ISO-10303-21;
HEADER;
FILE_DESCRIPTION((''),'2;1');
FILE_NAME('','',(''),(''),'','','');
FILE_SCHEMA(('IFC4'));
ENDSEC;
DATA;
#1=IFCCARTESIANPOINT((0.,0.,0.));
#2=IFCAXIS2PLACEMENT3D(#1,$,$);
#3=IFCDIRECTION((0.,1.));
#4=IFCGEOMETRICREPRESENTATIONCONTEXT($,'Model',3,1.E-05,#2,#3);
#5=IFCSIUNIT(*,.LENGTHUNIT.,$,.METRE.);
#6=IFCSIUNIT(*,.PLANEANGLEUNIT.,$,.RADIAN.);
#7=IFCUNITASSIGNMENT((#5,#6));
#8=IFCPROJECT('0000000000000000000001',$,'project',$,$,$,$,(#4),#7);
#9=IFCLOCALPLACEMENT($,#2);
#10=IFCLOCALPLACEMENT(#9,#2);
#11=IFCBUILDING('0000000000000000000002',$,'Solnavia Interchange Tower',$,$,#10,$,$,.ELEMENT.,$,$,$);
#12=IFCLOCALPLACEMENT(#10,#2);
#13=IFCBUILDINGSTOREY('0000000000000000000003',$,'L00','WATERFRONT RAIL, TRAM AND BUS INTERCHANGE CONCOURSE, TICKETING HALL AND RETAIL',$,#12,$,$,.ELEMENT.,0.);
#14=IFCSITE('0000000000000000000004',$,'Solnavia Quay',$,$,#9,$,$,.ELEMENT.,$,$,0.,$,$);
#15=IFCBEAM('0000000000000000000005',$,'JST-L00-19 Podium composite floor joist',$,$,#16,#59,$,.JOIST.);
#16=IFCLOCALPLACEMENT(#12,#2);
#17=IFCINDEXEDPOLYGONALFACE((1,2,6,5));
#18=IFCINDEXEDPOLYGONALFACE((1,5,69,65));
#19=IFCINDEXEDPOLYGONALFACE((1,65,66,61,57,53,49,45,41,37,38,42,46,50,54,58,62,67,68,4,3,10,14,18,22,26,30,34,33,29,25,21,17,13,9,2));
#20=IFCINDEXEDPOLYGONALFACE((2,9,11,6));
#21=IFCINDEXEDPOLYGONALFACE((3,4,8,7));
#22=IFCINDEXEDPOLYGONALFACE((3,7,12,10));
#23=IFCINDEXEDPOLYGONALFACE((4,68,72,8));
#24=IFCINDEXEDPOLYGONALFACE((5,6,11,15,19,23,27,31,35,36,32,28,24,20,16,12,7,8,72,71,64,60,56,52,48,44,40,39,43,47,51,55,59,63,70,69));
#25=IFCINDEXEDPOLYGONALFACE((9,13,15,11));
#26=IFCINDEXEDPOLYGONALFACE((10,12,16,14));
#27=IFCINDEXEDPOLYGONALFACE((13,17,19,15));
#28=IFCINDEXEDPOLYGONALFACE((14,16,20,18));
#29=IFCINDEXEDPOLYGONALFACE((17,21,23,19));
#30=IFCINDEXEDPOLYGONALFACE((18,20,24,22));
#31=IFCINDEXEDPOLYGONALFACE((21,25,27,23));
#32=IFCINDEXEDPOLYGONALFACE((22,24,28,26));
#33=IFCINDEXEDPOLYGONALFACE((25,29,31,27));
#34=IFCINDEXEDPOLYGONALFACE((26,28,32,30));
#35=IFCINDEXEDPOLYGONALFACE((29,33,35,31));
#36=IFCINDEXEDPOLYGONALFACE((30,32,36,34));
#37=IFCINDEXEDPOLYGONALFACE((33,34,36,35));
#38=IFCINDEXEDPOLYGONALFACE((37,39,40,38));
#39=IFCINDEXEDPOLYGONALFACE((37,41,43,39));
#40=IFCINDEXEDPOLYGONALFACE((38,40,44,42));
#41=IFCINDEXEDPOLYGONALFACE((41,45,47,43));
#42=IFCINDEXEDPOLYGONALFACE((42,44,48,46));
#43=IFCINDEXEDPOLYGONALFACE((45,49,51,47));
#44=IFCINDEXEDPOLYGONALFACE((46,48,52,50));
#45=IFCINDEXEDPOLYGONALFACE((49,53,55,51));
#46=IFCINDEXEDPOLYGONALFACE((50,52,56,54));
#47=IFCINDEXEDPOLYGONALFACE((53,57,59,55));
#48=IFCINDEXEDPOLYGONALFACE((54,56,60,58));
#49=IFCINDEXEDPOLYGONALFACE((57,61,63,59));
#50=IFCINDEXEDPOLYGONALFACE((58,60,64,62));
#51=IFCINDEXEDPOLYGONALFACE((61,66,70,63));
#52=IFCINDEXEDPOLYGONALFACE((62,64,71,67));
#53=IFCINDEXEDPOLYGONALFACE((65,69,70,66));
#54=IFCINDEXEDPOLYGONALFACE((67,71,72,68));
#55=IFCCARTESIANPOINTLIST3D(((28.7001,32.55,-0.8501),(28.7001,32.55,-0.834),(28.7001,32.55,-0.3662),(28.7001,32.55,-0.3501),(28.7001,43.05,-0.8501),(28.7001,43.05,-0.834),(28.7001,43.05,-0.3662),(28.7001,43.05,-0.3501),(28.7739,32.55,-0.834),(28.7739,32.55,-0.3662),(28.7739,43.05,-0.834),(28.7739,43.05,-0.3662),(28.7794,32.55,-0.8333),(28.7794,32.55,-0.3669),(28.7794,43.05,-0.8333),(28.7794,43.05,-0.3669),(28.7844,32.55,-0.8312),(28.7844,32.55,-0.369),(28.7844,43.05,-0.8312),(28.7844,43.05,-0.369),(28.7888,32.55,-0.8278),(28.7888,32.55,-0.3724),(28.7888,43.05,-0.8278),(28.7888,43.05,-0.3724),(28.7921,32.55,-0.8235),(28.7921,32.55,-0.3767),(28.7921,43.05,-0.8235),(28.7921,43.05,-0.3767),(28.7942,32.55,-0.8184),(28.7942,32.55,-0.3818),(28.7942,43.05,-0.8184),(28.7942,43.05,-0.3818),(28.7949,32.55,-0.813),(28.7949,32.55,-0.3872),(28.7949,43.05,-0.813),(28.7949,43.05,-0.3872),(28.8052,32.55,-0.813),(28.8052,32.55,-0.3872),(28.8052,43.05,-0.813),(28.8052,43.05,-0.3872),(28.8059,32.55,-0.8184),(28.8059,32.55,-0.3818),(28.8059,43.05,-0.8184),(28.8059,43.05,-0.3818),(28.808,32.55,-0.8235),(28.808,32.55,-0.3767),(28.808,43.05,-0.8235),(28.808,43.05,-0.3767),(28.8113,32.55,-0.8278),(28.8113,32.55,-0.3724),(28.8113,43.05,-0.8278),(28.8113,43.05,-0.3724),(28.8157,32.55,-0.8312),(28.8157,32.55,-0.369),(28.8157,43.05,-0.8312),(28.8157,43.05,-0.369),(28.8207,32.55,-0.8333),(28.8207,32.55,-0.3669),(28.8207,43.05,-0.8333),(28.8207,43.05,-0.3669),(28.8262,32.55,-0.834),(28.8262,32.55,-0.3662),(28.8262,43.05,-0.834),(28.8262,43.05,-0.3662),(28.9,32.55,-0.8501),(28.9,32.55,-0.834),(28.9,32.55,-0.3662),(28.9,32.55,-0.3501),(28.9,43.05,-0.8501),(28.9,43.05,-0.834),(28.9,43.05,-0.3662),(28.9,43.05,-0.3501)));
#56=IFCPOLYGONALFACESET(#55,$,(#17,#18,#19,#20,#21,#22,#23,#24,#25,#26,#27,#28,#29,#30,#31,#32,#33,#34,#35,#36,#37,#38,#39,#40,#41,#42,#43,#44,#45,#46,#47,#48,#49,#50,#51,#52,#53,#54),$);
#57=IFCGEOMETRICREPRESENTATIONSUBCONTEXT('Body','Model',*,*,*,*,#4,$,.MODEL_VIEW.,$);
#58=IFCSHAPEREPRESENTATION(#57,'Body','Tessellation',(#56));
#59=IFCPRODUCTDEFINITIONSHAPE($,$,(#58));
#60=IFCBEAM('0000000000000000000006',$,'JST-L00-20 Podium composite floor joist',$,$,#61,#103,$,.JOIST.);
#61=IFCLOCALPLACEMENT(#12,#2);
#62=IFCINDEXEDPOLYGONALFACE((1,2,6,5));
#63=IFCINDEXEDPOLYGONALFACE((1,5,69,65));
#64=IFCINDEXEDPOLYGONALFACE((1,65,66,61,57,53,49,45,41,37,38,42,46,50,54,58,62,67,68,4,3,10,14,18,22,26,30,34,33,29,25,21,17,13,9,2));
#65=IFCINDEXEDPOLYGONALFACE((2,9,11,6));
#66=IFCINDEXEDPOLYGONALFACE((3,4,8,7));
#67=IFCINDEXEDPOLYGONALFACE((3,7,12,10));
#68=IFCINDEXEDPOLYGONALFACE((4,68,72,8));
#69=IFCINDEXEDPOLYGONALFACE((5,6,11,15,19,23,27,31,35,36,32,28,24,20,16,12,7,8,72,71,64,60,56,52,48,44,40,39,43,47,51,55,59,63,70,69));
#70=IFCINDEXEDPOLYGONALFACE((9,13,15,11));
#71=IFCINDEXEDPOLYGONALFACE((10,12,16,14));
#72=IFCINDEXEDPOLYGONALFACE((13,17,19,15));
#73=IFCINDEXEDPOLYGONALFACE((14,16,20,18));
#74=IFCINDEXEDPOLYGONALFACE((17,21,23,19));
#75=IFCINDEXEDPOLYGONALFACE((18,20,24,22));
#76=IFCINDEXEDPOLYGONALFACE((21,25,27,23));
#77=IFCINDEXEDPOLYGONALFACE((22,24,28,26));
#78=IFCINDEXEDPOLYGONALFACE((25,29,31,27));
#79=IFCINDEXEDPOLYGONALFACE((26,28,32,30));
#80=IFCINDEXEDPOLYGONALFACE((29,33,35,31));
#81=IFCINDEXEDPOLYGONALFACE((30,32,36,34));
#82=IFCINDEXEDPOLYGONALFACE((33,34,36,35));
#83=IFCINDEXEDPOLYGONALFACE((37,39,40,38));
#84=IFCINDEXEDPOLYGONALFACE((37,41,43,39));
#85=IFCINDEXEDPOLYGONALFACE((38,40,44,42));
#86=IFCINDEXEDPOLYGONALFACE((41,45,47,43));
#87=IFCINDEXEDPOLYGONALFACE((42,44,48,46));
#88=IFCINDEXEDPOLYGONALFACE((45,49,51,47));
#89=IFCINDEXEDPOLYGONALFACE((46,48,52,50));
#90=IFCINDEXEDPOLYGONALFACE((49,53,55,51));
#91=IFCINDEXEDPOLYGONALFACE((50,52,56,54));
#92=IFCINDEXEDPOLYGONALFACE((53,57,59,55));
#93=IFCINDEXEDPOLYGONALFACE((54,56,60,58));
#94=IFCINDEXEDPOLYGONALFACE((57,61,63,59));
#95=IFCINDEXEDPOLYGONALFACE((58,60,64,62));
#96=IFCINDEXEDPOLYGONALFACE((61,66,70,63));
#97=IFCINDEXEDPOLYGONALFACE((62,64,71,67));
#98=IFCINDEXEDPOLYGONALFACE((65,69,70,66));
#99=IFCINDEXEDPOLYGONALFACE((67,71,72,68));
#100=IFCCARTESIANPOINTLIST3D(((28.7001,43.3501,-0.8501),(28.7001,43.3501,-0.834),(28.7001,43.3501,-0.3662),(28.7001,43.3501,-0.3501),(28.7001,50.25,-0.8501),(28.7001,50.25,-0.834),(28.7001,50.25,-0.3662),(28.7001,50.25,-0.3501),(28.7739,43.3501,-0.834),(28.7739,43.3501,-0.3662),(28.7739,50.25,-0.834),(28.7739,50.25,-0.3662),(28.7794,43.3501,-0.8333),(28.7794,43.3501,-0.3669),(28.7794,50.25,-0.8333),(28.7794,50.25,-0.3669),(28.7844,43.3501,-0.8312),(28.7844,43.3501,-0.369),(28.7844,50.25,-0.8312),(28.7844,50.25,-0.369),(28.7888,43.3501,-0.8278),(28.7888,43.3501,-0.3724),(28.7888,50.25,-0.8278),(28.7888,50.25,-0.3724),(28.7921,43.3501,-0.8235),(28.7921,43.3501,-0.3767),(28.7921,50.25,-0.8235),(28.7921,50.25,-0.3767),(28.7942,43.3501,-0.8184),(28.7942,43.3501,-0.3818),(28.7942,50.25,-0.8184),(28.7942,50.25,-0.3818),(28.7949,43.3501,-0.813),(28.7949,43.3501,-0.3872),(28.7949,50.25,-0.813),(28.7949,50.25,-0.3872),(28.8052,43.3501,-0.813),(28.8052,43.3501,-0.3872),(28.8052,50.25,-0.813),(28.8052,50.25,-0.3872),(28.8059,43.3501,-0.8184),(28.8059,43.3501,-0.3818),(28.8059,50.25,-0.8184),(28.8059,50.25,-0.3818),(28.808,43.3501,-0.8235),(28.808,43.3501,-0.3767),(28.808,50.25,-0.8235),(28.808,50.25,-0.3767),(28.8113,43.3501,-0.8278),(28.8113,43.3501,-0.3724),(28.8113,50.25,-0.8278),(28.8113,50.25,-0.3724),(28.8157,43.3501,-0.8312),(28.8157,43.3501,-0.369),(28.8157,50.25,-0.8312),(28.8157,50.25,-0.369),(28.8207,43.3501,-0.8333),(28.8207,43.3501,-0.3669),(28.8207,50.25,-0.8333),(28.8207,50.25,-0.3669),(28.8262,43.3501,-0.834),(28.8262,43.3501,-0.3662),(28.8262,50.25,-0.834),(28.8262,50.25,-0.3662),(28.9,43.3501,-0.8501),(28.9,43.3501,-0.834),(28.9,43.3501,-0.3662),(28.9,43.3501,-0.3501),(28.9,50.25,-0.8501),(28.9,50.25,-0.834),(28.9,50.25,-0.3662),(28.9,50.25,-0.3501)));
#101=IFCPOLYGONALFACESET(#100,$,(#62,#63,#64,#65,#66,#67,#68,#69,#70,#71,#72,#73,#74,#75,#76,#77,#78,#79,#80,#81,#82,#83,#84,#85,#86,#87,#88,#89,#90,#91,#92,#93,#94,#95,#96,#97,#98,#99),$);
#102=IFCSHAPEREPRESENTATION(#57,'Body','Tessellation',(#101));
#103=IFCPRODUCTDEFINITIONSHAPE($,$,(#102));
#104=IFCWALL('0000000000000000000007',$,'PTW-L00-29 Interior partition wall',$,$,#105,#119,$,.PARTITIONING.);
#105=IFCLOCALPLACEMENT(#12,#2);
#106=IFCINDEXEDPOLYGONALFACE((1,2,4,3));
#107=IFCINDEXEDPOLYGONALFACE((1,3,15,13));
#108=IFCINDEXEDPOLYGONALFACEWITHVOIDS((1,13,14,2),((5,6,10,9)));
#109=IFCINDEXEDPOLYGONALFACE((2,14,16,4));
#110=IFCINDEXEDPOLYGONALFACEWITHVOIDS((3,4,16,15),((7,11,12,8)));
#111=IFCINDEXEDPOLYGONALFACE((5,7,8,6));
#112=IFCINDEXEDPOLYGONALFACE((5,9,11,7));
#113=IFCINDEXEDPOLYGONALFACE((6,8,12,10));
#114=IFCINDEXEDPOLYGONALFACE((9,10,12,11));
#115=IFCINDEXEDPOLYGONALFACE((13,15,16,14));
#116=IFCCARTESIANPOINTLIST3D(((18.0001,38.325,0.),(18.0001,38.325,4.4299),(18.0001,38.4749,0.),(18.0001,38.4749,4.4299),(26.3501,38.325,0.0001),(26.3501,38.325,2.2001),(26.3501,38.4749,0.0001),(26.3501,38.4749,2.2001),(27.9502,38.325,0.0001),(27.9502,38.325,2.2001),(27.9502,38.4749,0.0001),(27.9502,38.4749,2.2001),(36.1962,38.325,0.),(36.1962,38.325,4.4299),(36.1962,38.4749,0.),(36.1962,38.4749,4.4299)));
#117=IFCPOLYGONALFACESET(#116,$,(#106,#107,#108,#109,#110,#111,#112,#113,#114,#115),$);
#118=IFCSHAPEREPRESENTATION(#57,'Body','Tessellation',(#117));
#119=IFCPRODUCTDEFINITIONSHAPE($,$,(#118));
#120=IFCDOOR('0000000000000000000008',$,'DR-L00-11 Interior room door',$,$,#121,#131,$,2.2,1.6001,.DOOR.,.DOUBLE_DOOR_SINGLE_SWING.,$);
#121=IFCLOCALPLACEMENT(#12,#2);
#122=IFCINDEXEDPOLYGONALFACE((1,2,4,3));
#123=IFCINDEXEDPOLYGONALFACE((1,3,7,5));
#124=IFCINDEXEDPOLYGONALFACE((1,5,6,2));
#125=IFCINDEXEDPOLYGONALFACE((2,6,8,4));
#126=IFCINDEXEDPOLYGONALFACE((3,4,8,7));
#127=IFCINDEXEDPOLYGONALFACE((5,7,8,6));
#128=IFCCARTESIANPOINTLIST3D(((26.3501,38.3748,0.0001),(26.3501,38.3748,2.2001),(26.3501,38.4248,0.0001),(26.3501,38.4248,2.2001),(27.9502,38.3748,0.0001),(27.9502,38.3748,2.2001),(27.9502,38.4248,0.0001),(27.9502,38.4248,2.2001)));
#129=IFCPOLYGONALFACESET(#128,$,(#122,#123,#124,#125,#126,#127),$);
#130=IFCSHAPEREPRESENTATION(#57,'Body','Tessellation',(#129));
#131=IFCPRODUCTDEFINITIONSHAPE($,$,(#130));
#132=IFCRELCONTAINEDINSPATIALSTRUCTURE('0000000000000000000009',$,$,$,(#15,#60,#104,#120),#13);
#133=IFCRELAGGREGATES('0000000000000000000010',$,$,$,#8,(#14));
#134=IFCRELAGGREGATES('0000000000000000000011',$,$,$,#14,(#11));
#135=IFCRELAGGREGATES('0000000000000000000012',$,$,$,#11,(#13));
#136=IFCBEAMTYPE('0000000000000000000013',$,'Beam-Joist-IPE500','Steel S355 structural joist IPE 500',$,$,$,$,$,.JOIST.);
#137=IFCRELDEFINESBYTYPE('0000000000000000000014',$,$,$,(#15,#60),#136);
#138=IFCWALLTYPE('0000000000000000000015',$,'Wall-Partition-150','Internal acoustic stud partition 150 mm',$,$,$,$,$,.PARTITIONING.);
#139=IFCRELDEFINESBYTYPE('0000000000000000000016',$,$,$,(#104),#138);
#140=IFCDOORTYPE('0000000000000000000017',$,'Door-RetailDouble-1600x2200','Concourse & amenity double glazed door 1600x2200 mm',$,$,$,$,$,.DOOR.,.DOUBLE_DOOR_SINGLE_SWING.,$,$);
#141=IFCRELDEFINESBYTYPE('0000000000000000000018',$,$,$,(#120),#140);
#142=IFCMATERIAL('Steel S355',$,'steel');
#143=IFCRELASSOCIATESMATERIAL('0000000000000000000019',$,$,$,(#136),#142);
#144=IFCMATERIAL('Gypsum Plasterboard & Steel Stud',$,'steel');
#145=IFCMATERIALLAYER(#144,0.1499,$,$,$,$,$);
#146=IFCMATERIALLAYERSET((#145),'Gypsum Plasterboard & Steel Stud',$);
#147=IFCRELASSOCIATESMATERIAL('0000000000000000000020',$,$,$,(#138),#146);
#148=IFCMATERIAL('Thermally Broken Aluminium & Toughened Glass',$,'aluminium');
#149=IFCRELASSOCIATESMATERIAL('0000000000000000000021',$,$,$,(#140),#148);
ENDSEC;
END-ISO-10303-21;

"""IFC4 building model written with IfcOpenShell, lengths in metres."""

from ifc_helpers import new_model, si_unit, direction, frame, frame_2d, origin, origin_2d, place, context, subcontext, project, spatial, rectangle, i_section, extrude, material, layer, layer_set, material_profile, profile_set, type_object, element, fill, save


model = new_model("IFC4")

# Units and contexts
model_context = context("Model", 3, precision=1e-05, world=origin(), true_north=direction((0.0, 1.0)))
body_context = subcontext(model_context, "Body", "Model", "MODEL_VIEW")
ifc_project = project(units=[si_unit("LENGTHUNIT", "METRE"), si_unit("PLANEANGLEUNIT", "RADIAN")], contexts=[model_context])

# Site, building, storey
site_placement = place(None, origin())
site = spatial("IfcSite", under=ifc_project, at=site_placement, Name="Solnavia Quay", CompositionType="ELEMENT", RefElevation=0.0)
building_placement = place(site_placement, origin())
building = spatial("IfcBuilding", under=site, at=building_placement, Name="Solnavia Interchange Tower", CompositionType="ELEMENT")
storey_placement = place(building_placement, origin())
storey = spatial("IfcBuildingStorey", under=building, at=storey_placement, Name="L00", Description="WATERFRONT RAIL, TRAM AND BUS INTERCHANGE CONCOURSE, TICKETING HALL AND RETAIL", CompositionType="ELEMENT", Elevation=0.0)

# Beams
ifc_material_1 = material(Name="Steel S355", Category="steel")
ifc_material_profile_1 = material_profile(ifc_material_1, i_section(OverallWidth=0.2, OverallDepth=0.5, WebThickness=0.0103, FlangeThickness=0.0161, FilletRadius=0.021, at=origin_2d()), Name="IPE 500")
ifc_profile_set_1 = profile_set([ifc_material_profile_1], Name="Steel S355")
beam_type_1 = type_object("IfcBeamType", Name="Beam-Joist-IPE500", Description="Steel S355 structural joist IPE 500", PredefinedType="JOIST", material=ifc_profile_set_1)
beam_1_placement = place(storey_placement, frame((28.8, 32.55, -0.6001), z_axis=(0.0, 1.0, 0.0), x_axis=(-1.0, 0.0, 0.0)))
element("IfcBeam", 1, at=beam_1_placement, inside=storey, type_object=beam_type_1, Name="JST-L00-19 Podium composite floor joist", PredefinedType="JOIST", context=body_context, shape_type="SweptSolid", body=[
    extrude(i_section(OverallWidth=0.2, OverallDepth=0.5, WebThickness=0.0103, FlangeThickness=0.0161, FilletRadius=0.021, at=origin_2d()), origin(), (0.0, 0.0, 1.0), 10.5),
])
beam_2_placement = place(storey_placement, frame((28.8, 43.3501, -0.6001), z_axis=(0.0, 1.0, 0.0), x_axis=(-1.0, 0.0, 0.0)))
element("IfcBeam", 2, at=beam_2_placement, inside=storey, type_object=beam_type_1, Name="JST-L00-20 Podium composite floor joist", PredefinedType="JOIST", context=body_context, shape_type="SweptSolid", body=[
    extrude(i_section(OverallWidth=0.2, OverallDepth=0.5, WebThickness=0.0103, FlangeThickness=0.0161, FilletRadius=0.021, at=origin_2d()), origin(), (0.0, 0.0, 1.0), 6.8999),
])

# Wall, opening, door
ifc_material_2 = material(Name="Gypsum Plasterboard & Steel Stud", Category="steel")
ifc_layer = layer(ifc_material_2, 0.1499)
ifc_layer_set = layer_set([ifc_layer], Name="Gypsum Plasterboard & Steel Stud")
wall_type = type_object("IfcWallType", Name="Wall-Partition-150", Description="Internal acoustic stud partition 150 mm", PredefinedType="PARTITIONING", material=ifc_layer_set)
wall_placement = place(storey_placement, frame((18.0, 38.3999, 0.0), z_axis=(0.0, 0.0, 1.0), x_axis=(1.0, 0.0, 0.0)))
wall = element("IfcWall", 3, at=wall_placement, inside=storey, type_object=wall_type, Name="PTW-L00-29 Interior partition wall", PredefinedType="PARTITIONING", context=body_context, shape_type="SweptSolid", body=[
    extrude(rectangle(XDim=18.196, YDim=0.1499, at=frame_2d((9.0981, 0.0))), origin(), (0.0, 0.0, 1.0), 4.4299),
])
opening_placement = place(wall_placement, frame((8.3501, 0.0, 0.0)))
opening = element("IfcOpeningElement", 4, at=opening_placement, cuts=wall, PredefinedType="OPENING", context=body_context, shape_type="SweptSolid", body=[
    extrude(rectangle(XDim=1.6001, YDim=2.2, at=frame_2d((0.8, 1.1001))), frame((0.0, 0.085, 0.0), z_axis=(0.0, -1.0, 0.0), x_axis=(1.0, 0.0, 0.0)), (0.0, 0.0, 1.0), 0.1699),
])
ifc_material_3 = material(Name="Thermally Broken Aluminium & Toughened Glass", Category="aluminium")
door_type = type_object("IfcDoorType", Name="Door-RetailDouble-1600x2200", Description="Concourse & amenity double glazed door 1600x2200 mm", OperationType="DOUBLE_DOOR_SINGLE_SWING", PredefinedType="DOOR", material=ifc_material_3)
door_placement = place(opening_placement, origin())
door = element("IfcDoor", 5, at=door_placement, inside=storey, type_object=door_type, Name="DR-L00-11 Interior room door", OperationType="DOUBLE_DOOR_SINGLE_SWING", OverallHeight=2.2, OverallWidth=1.6001, PredefinedType="DOOR", context=body_context, shape_type="SweptSolid", body=[
    extrude(rectangle(XDim=1.6001, YDim=2.2, at=frame_2d((0.8, 1.1001))), frame((0.0, 0.0249, 0.0), z_axis=(0.0, -1.0, 0.0), x_axis=(1.0, 0.0, 0.0)), (0.0, 0.0, 1.0), 0.05),
])
fill(opening, door)

save(model, "model.ifc")
